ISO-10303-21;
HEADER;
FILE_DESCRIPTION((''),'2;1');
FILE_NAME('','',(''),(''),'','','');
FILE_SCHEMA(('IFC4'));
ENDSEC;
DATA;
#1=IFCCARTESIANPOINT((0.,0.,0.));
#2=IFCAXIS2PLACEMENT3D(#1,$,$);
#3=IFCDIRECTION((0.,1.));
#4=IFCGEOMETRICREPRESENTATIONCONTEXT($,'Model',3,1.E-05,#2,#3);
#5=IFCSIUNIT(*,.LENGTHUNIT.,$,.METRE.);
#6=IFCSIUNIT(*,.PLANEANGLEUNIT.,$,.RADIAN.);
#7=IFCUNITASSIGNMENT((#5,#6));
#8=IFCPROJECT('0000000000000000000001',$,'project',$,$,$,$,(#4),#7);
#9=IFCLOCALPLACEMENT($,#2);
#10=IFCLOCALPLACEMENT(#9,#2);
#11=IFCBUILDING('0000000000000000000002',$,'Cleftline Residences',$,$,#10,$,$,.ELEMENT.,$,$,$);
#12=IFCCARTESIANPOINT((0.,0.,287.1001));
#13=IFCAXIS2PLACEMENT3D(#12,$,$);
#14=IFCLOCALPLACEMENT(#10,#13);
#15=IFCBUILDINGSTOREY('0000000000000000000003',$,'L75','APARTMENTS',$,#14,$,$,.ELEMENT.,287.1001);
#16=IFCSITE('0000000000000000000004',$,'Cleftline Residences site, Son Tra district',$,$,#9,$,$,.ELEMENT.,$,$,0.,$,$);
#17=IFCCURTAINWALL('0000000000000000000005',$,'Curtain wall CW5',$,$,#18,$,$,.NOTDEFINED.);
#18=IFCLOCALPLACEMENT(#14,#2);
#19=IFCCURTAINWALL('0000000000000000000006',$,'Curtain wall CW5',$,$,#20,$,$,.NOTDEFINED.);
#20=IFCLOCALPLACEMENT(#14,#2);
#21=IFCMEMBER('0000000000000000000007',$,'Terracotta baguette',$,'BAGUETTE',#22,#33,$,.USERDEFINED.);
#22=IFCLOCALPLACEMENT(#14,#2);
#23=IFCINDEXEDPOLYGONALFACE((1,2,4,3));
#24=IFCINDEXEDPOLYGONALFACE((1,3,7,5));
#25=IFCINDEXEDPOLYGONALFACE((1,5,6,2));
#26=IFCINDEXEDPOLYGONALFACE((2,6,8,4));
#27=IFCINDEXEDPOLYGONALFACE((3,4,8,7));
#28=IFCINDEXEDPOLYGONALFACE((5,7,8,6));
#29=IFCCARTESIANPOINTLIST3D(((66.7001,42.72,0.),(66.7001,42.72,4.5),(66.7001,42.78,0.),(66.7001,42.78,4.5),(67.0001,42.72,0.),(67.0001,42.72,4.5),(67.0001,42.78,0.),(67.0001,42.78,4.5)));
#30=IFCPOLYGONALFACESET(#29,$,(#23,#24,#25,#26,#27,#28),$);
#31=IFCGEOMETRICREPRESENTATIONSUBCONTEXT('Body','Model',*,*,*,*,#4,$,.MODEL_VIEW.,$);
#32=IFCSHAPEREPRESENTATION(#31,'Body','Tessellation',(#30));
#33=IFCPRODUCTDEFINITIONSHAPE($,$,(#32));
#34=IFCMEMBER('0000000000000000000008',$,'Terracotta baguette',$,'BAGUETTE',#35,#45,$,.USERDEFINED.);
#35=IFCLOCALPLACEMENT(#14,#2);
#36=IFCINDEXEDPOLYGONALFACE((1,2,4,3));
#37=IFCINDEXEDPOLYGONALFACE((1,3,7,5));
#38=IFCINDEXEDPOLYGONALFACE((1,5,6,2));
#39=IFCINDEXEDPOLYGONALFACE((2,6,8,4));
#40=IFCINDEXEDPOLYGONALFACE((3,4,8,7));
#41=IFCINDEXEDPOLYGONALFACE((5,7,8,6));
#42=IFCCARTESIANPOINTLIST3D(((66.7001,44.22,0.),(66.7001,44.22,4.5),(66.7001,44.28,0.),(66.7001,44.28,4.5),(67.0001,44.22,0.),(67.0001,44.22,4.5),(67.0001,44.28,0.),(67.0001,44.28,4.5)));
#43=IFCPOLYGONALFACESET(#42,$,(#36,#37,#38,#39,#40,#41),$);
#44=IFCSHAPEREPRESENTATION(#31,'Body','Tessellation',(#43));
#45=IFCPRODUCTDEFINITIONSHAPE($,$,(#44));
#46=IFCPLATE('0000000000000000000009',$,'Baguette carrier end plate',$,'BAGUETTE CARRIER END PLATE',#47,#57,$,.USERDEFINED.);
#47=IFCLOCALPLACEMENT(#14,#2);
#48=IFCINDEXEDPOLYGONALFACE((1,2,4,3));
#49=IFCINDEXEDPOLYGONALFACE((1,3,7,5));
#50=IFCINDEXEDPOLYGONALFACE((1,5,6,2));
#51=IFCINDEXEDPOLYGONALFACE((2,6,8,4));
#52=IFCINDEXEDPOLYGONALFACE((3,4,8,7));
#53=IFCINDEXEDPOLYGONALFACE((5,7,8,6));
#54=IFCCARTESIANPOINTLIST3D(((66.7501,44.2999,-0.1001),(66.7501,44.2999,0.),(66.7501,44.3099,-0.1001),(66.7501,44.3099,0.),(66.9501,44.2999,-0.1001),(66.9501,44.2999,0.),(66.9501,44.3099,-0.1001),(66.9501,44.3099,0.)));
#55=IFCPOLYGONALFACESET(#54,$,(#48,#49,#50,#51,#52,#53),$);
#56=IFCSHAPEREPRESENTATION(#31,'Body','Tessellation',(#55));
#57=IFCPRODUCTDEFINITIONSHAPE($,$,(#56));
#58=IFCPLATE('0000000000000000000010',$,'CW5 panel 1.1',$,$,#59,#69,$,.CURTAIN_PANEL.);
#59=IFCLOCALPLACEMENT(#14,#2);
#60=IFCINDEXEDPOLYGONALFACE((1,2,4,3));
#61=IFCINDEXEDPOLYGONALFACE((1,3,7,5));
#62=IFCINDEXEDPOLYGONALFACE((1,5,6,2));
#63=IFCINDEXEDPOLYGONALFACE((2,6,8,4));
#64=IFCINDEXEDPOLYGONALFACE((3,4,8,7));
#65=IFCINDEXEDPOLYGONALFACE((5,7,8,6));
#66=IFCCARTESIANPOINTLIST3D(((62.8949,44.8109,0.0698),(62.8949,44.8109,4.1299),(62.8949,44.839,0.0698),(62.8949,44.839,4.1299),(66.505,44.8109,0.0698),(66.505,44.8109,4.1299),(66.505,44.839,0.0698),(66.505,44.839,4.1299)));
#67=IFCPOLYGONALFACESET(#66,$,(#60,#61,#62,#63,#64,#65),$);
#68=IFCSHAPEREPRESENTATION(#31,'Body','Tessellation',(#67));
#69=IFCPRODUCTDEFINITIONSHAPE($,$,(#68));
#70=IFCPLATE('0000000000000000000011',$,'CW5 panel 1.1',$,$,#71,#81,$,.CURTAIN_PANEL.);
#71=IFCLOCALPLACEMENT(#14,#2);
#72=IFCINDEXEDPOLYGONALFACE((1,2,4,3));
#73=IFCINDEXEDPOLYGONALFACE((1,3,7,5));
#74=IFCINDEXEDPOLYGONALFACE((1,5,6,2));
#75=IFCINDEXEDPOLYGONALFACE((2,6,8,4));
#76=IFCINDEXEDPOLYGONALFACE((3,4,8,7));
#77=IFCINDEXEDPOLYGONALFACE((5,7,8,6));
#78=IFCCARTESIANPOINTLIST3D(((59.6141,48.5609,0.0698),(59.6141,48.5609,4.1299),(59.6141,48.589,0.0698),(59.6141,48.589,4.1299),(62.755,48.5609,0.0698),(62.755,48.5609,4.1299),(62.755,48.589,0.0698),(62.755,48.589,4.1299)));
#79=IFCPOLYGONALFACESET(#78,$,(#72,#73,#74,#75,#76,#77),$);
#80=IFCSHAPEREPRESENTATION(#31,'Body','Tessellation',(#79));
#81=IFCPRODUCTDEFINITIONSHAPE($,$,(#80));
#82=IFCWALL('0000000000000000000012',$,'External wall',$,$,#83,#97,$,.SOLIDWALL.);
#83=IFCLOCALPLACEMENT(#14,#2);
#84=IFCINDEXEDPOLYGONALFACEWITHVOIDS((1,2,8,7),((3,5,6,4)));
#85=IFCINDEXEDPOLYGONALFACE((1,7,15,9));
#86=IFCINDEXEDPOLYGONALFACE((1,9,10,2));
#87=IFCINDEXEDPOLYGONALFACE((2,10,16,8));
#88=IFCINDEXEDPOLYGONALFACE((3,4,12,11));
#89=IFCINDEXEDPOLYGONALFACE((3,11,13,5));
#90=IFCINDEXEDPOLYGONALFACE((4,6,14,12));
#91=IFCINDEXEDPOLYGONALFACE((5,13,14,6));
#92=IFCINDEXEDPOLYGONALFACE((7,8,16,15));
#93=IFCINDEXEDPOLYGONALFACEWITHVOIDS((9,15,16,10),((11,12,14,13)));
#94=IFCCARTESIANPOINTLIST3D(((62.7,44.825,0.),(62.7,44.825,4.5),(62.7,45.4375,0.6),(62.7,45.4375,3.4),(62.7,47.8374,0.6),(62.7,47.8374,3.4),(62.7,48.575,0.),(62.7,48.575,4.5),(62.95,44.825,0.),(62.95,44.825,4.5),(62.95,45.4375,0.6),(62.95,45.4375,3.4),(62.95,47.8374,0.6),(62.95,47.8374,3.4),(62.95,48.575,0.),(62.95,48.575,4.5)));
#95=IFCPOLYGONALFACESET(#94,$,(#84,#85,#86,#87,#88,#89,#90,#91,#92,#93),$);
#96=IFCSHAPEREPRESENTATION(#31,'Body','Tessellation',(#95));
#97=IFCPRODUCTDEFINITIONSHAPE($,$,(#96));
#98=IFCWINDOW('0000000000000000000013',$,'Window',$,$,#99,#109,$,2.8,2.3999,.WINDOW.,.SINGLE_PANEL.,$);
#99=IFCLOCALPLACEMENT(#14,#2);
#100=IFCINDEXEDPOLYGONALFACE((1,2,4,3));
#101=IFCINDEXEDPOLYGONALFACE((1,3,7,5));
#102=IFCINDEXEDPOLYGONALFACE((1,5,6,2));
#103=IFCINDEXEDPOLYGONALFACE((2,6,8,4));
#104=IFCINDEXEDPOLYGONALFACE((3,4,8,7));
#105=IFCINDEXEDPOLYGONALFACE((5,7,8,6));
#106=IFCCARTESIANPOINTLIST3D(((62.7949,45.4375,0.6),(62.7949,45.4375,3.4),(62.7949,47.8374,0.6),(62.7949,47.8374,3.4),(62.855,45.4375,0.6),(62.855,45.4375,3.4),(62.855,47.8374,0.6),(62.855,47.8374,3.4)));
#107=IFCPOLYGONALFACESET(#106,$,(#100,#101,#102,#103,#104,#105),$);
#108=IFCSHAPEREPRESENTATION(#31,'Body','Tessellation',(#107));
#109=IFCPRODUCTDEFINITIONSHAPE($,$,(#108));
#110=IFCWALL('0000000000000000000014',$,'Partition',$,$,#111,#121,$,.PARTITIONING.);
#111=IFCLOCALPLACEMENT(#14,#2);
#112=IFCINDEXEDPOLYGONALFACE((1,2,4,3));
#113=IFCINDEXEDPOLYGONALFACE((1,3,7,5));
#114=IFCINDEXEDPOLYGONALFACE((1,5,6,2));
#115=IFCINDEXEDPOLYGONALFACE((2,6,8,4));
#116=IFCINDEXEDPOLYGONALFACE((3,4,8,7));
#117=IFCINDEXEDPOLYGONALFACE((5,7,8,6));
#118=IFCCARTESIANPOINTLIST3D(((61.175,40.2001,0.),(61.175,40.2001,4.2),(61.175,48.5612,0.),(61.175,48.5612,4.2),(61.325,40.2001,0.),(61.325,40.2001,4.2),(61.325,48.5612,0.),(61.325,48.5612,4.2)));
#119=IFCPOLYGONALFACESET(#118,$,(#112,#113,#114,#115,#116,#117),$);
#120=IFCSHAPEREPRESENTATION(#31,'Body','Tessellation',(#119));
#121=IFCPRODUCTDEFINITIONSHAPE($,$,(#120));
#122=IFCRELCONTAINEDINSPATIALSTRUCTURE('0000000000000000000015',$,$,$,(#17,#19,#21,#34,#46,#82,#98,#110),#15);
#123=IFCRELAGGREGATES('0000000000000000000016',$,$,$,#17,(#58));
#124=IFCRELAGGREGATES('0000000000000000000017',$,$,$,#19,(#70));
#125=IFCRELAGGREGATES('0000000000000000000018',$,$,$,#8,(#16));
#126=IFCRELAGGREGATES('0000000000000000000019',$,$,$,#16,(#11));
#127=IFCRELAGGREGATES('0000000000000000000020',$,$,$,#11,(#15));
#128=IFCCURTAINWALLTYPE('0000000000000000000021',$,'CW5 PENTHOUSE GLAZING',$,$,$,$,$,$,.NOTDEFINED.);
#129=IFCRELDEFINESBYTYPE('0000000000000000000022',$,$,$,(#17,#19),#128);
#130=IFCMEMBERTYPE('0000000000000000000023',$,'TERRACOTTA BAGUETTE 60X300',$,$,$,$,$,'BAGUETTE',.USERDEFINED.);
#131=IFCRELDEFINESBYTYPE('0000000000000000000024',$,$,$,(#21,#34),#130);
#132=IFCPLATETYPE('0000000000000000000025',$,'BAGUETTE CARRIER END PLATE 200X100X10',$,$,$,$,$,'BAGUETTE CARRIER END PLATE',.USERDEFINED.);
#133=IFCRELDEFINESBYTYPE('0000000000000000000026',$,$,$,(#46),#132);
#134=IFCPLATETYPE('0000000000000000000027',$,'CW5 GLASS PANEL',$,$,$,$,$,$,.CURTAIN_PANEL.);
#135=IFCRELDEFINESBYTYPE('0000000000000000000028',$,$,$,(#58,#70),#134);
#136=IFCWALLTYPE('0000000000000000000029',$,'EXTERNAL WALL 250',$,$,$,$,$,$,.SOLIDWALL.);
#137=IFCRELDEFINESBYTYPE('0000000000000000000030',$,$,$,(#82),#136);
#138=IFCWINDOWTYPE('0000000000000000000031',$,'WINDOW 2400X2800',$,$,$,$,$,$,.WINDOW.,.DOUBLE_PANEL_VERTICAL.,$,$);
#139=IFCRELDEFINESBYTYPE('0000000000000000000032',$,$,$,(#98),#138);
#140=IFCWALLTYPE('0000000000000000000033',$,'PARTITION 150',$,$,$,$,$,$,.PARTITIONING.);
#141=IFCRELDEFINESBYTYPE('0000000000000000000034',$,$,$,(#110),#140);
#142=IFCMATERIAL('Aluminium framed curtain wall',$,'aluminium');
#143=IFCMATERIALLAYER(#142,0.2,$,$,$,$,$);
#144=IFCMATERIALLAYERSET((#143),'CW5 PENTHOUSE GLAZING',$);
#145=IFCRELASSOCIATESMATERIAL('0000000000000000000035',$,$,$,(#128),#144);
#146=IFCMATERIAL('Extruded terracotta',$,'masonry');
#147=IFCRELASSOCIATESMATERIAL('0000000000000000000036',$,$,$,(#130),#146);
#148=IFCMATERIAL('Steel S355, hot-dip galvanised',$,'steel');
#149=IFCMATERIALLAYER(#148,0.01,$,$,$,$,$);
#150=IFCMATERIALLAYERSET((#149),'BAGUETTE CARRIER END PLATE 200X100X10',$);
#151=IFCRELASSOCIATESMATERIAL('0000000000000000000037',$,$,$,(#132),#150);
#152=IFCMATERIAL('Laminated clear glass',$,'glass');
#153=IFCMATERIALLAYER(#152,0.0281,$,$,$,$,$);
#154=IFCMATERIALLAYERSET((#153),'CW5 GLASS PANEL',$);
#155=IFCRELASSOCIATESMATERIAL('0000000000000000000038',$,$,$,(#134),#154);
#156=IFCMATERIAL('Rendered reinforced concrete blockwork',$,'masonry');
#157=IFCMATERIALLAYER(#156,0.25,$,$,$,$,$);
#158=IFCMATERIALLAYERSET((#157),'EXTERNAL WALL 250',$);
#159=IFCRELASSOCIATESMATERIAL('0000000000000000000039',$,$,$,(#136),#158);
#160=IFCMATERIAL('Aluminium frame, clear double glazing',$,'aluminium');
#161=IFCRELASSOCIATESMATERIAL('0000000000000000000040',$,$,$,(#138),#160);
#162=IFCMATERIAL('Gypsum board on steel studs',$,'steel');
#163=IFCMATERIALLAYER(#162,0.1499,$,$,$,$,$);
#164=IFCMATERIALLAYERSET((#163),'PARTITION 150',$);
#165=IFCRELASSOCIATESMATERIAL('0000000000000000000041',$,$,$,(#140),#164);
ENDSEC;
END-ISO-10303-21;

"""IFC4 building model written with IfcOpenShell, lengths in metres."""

from ifc_helpers import new_model, si_unit, direction, frame, frame_2d, origin, origin_2d, place, context, subcontext, project, spatial, rectangle, extrude, material, layer, layer_set, material_profile, profile_set, type_object, element, fill, aggregate, save


model = new_model("IFC4")

# Units and contexts
model_context = context("Model", 3, precision=1e-05, world=origin(), true_north=direction((0.0, 1.0)))
body_context = subcontext(model_context, "Body", "Model", "MODEL_VIEW")
ifc_project = project(units=[si_unit("LENGTHUNIT", "METRE"), si_unit("PLANEANGLEUNIT", "RADIAN")], contexts=[model_context])

# Site, building, storey
site_placement = place(None, origin())
site = spatial("IfcSite", under=ifc_project, at=site_placement, Name="Cleftline Residences site, Son Tra district", CompositionType="ELEMENT", RefElevation=0.0)
building_placement = place(site_placement, origin())
building = spatial("IfcBuilding", under=site, at=building_placement, Name="Cleftline Residences", CompositionType="ELEMENT")
storey_placement = place(building_placement, frame((0.0, 0.0, 287.1001)))
storey = spatial("IfcBuildingStorey", under=building, at=storey_placement, Name="L75", Description="APARTMENTS", CompositionType="ELEMENT", Elevation=287.1001)

# Curtain walls
ifc_material_1 = material(Name="Aluminium framed curtain wall", Category="aluminium")
ifc_layer_1 = layer(ifc_material_1, 0.2)
ifc_layer_set_1 = layer_set([ifc_layer_1], Name="CW5 PENTHOUSE GLAZING")
curtain_wall_type = type_object("IfcCurtainWallType", Name="CW5 PENTHOUSE GLAZING", PredefinedType="NOTDEFINED", material=ifc_layer_set_1)
curtain_wall_1_placement = place(storey_placement, origin())
curtain_wall_1 = element("IfcCurtainWall", 1, at=curtain_wall_1_placement, inside=storey, type_object=curtain_wall_type, Name="Curtain wall CW5", PredefinedType="NOTDEFINED")
curtain_wall_2_placement = place(storey_placement, origin())
curtain_wall_2 = element("IfcCurtainWall", 2, at=curtain_wall_2_placement, inside=storey, type_object=curtain_wall_type, Name="Curtain wall CW5", PredefinedType="NOTDEFINED")

# Members
ifc_material_2 = material(Name="Extruded terracotta", Category="masonry")
ifc_material_profile_1 = material_profile(ifc_material_2, rectangle(XDim=0.0601, YDim=0.3, at=origin_2d()))
ifc_profile_set_1 = profile_set([ifc_material_profile_1], Name="Extruded terracotta")
member_type_1 = type_object("IfcMemberType", Name="TERRACOTTA BAGUETTE 60X300", ElementType="BAGUETTE", PredefinedType="USERDEFINED", material=ifc_profile_set_1)
for number, where, z_axis, x_axis, name in (
    (3, (66.8501, 42.75, 0.0), (0.0, 0.0, 1.0), (0.0, 1.0, 0.0), "Terracotta baguette"),
    (4, (66.8501, 44.25, 0.0), (0.0, 0.0, 1.0), (0.0, 1.0, 0.0), "Terracotta baguette"),
):
    element("IfcMember", number, at=place(storey_placement, frame(where, z_axis=z_axis, x_axis=x_axis)), inside=storey, type_object=member_type_1, Name=name, ObjectType="BAGUETTE", PredefinedType="USERDEFINED", context=body_context, shape_type="SweptSolid", body=[
        extrude(rectangle(XDim=0.0601, YDim=0.3, at=origin_2d()), origin(), (0.0, 0.0, 1.0), 4.5),
    ])

# Plates
ifc_material_3 = material(Name="Steel S355, hot-dip galvanised", Category="steel")
ifc_layer_2 = layer(ifc_material_3, 0.01)
ifc_layer_set_2 = layer_set([ifc_layer_2], Name="BAGUETTE CARRIER END PLATE 200X100X10")
plate_type_1 = type_object("IfcPlateType", Name="BAGUETTE CARRIER END PLATE 200X100X10", ElementType="BAGUETTE CARRIER END PLATE", PredefinedType="USERDEFINED", material=ifc_layer_set_2)
plate_1_placement = place(storey_placement, frame((66.8501, 44.3049, -0.1001), z_axis=(0.0, 0.0, 1.0), x_axis=(1.0, 0.0, 0.0)))
element("IfcPlate", 5, at=plate_1_placement, inside=storey, type_object=plate_type_1, Name="Baguette carrier end plate", ObjectType="BAGUETTE CARRIER END PLATE", PredefinedType="USERDEFINED", context=body_context, shape_type="SweptSolid", body=[
    extrude(rectangle(XDim=0.2, YDim=0.01, at=origin_2d()), origin(), (0.0, 0.0, 1.0), 0.1001),
])
ifc_material_4 = material(Name="Laminated clear glass", Category="glass")
ifc_layer_3 = layer(ifc_material_4, 0.0281)
ifc_layer_set_3 = layer_set([ifc_layer_3], Name="CW5 GLASS PANEL")
plate_type_2 = type_object("IfcPlateType", Name="CW5 GLASS PANEL", PredefinedType="CURTAIN_PANEL", material=ifc_layer_set_3)
plate_2_placement = place(storey_placement, frame((64.7, 44.825, 0.0698), z_axis=(0.0, 0.0, 1.0), x_axis=(-1.0, 0.0, 0.0)))
plate_2 = element("IfcPlate", 6, at=plate_2_placement, type_object=plate_type_2, Name="CW5 panel 1.1", PredefinedType="CURTAIN_PANEL", context=body_context, shape_type="SweptSolid", body=[
    extrude(rectangle(XDim=3.6101, YDim=0.0281, at=origin_2d()), origin(), (0.0, 0.0, 1.0), 4.0601),
])
aggregate(curtain_wall_1, [plate_2])
plate_3_placement = place(storey_placement, frame((61.1846, 48.575, 0.0698), z_axis=(0.0, 0.0, 1.0), x_axis=(-1.0, 0.0, 0.0)))
plate_3 = element("IfcPlate", 7, at=plate_3_placement, type_object=plate_type_2, Name="CW5 panel 1.1", PredefinedType="CURTAIN_PANEL", context=body_context, shape_type="SweptSolid", body=[
    extrude(rectangle(XDim=3.1409, YDim=0.0281, at=origin_2d()), origin(), (0.0, 0.0, 1.0), 4.0601),
])
aggregate(curtain_wall_2, [plate_3])

# Wall, opening, window
ifc_material_5 = material(Name="Rendered reinforced concrete blockwork", Category="masonry")
ifc_layer_4 = layer(ifc_material_5, 0.25)
ifc_layer_set_4 = layer_set([ifc_layer_4], Name="EXTERNAL WALL 250")
wall_type_1 = type_object("IfcWallType", Name="EXTERNAL WALL 250", PredefinedType="SOLIDWALL", material=ifc_layer_set_4)
wall_1_placement = place(storey_placement, frame((62.825, 44.825, 0.0), z_axis=(0.0, 0.0, 1.0), x_axis=(0.0, 1.0, 0.0)))
wall_1 = element("IfcWall", 8, at=wall_1_placement, inside=storey, type_object=wall_type_1, Name="External wall", PredefinedType="SOLIDWALL", context=body_context, shape_type="SweptSolid", body=[
    extrude(rectangle(XDim=3.75, YDim=0.25, at=frame_2d((1.875, 0.0))), origin(), (0.0, 0.0, 1.0), 4.5),
])
opening_placement = place(wall_1_placement, frame((0.6125, 0.0, 0.6001)))
opening = element("IfcOpeningElement", 9, at=opening_placement, cuts=wall_1, PredefinedType="OPENING", context=body_context, shape_type="SweptSolid", body=[
    extrude(rectangle(XDim=2.3999, YDim=2.8, at=frame_2d((1.2, 1.3999))), frame((0.0, 0.135, 0.0), z_axis=(0.0, -1.0, 0.0), x_axis=(1.0, 0.0, 0.0)), (0.0, 0.0, 1.0), 0.27),
])
ifc_material_6 = material(Name="Aluminium frame, clear double glazing", Category="aluminium")
window_type = type_object("IfcWindowType", Name="WINDOW 2400X2800", PartitioningType="DOUBLE_PANEL_VERTICAL", PredefinedType="WINDOW", material=ifc_material_6)
window_placement = place(opening_placement, origin())
window = element("IfcWindow", 10, at=window_placement, inside=storey, type_object=window_type, Name="Window", OverallHeight=2.8, OverallWidth=2.3999, PartitioningType="SINGLE_PANEL", PredefinedType="WINDOW", context=body_context, shape_type="SweptSolid", body=[
    extrude(rectangle(XDim=2.3999, YDim=2.8, at=frame_2d((1.2, 1.3999))), frame((0.0, 0.03, 0.0), z_axis=(0.0, -1.0, 0.0), x_axis=(1.0, 0.0, 0.0)), (0.0, 0.0, 1.0), 0.0601),
])
fill(opening, window)

# Wall
ifc_material_7 = material(Name="Gypsum board on steel studs", Category="steel")
ifc_layer_5 = layer(ifc_material_7, 0.1499)
ifc_layer_set_5 = layer_set([ifc_layer_5], Name="PARTITION 150")
wall_type_2 = type_object("IfcWallType", Name="PARTITION 150", PredefinedType="PARTITIONING", material=ifc_layer_set_5)
wall_2_placement = place(storey_placement, frame((61.25, 40.2, 0.0), z_axis=(0.0, 0.0, 1.0), x_axis=(0.0, 1.0, 0.0)))
element("IfcWall", 11, at=wall_2_placement, inside=storey, type_object=wall_type_2, Name="Partition", PredefinedType="PARTITIONING", context=body_context, shape_type="SweptSolid", body=[
    extrude(rectangle(XDim=8.3611, YDim=0.1499, at=frame_2d((4.1807, 0.0))), origin(), (0.0, 0.0, 1.0), 4.2),
])

save(model, "model.ifc")
